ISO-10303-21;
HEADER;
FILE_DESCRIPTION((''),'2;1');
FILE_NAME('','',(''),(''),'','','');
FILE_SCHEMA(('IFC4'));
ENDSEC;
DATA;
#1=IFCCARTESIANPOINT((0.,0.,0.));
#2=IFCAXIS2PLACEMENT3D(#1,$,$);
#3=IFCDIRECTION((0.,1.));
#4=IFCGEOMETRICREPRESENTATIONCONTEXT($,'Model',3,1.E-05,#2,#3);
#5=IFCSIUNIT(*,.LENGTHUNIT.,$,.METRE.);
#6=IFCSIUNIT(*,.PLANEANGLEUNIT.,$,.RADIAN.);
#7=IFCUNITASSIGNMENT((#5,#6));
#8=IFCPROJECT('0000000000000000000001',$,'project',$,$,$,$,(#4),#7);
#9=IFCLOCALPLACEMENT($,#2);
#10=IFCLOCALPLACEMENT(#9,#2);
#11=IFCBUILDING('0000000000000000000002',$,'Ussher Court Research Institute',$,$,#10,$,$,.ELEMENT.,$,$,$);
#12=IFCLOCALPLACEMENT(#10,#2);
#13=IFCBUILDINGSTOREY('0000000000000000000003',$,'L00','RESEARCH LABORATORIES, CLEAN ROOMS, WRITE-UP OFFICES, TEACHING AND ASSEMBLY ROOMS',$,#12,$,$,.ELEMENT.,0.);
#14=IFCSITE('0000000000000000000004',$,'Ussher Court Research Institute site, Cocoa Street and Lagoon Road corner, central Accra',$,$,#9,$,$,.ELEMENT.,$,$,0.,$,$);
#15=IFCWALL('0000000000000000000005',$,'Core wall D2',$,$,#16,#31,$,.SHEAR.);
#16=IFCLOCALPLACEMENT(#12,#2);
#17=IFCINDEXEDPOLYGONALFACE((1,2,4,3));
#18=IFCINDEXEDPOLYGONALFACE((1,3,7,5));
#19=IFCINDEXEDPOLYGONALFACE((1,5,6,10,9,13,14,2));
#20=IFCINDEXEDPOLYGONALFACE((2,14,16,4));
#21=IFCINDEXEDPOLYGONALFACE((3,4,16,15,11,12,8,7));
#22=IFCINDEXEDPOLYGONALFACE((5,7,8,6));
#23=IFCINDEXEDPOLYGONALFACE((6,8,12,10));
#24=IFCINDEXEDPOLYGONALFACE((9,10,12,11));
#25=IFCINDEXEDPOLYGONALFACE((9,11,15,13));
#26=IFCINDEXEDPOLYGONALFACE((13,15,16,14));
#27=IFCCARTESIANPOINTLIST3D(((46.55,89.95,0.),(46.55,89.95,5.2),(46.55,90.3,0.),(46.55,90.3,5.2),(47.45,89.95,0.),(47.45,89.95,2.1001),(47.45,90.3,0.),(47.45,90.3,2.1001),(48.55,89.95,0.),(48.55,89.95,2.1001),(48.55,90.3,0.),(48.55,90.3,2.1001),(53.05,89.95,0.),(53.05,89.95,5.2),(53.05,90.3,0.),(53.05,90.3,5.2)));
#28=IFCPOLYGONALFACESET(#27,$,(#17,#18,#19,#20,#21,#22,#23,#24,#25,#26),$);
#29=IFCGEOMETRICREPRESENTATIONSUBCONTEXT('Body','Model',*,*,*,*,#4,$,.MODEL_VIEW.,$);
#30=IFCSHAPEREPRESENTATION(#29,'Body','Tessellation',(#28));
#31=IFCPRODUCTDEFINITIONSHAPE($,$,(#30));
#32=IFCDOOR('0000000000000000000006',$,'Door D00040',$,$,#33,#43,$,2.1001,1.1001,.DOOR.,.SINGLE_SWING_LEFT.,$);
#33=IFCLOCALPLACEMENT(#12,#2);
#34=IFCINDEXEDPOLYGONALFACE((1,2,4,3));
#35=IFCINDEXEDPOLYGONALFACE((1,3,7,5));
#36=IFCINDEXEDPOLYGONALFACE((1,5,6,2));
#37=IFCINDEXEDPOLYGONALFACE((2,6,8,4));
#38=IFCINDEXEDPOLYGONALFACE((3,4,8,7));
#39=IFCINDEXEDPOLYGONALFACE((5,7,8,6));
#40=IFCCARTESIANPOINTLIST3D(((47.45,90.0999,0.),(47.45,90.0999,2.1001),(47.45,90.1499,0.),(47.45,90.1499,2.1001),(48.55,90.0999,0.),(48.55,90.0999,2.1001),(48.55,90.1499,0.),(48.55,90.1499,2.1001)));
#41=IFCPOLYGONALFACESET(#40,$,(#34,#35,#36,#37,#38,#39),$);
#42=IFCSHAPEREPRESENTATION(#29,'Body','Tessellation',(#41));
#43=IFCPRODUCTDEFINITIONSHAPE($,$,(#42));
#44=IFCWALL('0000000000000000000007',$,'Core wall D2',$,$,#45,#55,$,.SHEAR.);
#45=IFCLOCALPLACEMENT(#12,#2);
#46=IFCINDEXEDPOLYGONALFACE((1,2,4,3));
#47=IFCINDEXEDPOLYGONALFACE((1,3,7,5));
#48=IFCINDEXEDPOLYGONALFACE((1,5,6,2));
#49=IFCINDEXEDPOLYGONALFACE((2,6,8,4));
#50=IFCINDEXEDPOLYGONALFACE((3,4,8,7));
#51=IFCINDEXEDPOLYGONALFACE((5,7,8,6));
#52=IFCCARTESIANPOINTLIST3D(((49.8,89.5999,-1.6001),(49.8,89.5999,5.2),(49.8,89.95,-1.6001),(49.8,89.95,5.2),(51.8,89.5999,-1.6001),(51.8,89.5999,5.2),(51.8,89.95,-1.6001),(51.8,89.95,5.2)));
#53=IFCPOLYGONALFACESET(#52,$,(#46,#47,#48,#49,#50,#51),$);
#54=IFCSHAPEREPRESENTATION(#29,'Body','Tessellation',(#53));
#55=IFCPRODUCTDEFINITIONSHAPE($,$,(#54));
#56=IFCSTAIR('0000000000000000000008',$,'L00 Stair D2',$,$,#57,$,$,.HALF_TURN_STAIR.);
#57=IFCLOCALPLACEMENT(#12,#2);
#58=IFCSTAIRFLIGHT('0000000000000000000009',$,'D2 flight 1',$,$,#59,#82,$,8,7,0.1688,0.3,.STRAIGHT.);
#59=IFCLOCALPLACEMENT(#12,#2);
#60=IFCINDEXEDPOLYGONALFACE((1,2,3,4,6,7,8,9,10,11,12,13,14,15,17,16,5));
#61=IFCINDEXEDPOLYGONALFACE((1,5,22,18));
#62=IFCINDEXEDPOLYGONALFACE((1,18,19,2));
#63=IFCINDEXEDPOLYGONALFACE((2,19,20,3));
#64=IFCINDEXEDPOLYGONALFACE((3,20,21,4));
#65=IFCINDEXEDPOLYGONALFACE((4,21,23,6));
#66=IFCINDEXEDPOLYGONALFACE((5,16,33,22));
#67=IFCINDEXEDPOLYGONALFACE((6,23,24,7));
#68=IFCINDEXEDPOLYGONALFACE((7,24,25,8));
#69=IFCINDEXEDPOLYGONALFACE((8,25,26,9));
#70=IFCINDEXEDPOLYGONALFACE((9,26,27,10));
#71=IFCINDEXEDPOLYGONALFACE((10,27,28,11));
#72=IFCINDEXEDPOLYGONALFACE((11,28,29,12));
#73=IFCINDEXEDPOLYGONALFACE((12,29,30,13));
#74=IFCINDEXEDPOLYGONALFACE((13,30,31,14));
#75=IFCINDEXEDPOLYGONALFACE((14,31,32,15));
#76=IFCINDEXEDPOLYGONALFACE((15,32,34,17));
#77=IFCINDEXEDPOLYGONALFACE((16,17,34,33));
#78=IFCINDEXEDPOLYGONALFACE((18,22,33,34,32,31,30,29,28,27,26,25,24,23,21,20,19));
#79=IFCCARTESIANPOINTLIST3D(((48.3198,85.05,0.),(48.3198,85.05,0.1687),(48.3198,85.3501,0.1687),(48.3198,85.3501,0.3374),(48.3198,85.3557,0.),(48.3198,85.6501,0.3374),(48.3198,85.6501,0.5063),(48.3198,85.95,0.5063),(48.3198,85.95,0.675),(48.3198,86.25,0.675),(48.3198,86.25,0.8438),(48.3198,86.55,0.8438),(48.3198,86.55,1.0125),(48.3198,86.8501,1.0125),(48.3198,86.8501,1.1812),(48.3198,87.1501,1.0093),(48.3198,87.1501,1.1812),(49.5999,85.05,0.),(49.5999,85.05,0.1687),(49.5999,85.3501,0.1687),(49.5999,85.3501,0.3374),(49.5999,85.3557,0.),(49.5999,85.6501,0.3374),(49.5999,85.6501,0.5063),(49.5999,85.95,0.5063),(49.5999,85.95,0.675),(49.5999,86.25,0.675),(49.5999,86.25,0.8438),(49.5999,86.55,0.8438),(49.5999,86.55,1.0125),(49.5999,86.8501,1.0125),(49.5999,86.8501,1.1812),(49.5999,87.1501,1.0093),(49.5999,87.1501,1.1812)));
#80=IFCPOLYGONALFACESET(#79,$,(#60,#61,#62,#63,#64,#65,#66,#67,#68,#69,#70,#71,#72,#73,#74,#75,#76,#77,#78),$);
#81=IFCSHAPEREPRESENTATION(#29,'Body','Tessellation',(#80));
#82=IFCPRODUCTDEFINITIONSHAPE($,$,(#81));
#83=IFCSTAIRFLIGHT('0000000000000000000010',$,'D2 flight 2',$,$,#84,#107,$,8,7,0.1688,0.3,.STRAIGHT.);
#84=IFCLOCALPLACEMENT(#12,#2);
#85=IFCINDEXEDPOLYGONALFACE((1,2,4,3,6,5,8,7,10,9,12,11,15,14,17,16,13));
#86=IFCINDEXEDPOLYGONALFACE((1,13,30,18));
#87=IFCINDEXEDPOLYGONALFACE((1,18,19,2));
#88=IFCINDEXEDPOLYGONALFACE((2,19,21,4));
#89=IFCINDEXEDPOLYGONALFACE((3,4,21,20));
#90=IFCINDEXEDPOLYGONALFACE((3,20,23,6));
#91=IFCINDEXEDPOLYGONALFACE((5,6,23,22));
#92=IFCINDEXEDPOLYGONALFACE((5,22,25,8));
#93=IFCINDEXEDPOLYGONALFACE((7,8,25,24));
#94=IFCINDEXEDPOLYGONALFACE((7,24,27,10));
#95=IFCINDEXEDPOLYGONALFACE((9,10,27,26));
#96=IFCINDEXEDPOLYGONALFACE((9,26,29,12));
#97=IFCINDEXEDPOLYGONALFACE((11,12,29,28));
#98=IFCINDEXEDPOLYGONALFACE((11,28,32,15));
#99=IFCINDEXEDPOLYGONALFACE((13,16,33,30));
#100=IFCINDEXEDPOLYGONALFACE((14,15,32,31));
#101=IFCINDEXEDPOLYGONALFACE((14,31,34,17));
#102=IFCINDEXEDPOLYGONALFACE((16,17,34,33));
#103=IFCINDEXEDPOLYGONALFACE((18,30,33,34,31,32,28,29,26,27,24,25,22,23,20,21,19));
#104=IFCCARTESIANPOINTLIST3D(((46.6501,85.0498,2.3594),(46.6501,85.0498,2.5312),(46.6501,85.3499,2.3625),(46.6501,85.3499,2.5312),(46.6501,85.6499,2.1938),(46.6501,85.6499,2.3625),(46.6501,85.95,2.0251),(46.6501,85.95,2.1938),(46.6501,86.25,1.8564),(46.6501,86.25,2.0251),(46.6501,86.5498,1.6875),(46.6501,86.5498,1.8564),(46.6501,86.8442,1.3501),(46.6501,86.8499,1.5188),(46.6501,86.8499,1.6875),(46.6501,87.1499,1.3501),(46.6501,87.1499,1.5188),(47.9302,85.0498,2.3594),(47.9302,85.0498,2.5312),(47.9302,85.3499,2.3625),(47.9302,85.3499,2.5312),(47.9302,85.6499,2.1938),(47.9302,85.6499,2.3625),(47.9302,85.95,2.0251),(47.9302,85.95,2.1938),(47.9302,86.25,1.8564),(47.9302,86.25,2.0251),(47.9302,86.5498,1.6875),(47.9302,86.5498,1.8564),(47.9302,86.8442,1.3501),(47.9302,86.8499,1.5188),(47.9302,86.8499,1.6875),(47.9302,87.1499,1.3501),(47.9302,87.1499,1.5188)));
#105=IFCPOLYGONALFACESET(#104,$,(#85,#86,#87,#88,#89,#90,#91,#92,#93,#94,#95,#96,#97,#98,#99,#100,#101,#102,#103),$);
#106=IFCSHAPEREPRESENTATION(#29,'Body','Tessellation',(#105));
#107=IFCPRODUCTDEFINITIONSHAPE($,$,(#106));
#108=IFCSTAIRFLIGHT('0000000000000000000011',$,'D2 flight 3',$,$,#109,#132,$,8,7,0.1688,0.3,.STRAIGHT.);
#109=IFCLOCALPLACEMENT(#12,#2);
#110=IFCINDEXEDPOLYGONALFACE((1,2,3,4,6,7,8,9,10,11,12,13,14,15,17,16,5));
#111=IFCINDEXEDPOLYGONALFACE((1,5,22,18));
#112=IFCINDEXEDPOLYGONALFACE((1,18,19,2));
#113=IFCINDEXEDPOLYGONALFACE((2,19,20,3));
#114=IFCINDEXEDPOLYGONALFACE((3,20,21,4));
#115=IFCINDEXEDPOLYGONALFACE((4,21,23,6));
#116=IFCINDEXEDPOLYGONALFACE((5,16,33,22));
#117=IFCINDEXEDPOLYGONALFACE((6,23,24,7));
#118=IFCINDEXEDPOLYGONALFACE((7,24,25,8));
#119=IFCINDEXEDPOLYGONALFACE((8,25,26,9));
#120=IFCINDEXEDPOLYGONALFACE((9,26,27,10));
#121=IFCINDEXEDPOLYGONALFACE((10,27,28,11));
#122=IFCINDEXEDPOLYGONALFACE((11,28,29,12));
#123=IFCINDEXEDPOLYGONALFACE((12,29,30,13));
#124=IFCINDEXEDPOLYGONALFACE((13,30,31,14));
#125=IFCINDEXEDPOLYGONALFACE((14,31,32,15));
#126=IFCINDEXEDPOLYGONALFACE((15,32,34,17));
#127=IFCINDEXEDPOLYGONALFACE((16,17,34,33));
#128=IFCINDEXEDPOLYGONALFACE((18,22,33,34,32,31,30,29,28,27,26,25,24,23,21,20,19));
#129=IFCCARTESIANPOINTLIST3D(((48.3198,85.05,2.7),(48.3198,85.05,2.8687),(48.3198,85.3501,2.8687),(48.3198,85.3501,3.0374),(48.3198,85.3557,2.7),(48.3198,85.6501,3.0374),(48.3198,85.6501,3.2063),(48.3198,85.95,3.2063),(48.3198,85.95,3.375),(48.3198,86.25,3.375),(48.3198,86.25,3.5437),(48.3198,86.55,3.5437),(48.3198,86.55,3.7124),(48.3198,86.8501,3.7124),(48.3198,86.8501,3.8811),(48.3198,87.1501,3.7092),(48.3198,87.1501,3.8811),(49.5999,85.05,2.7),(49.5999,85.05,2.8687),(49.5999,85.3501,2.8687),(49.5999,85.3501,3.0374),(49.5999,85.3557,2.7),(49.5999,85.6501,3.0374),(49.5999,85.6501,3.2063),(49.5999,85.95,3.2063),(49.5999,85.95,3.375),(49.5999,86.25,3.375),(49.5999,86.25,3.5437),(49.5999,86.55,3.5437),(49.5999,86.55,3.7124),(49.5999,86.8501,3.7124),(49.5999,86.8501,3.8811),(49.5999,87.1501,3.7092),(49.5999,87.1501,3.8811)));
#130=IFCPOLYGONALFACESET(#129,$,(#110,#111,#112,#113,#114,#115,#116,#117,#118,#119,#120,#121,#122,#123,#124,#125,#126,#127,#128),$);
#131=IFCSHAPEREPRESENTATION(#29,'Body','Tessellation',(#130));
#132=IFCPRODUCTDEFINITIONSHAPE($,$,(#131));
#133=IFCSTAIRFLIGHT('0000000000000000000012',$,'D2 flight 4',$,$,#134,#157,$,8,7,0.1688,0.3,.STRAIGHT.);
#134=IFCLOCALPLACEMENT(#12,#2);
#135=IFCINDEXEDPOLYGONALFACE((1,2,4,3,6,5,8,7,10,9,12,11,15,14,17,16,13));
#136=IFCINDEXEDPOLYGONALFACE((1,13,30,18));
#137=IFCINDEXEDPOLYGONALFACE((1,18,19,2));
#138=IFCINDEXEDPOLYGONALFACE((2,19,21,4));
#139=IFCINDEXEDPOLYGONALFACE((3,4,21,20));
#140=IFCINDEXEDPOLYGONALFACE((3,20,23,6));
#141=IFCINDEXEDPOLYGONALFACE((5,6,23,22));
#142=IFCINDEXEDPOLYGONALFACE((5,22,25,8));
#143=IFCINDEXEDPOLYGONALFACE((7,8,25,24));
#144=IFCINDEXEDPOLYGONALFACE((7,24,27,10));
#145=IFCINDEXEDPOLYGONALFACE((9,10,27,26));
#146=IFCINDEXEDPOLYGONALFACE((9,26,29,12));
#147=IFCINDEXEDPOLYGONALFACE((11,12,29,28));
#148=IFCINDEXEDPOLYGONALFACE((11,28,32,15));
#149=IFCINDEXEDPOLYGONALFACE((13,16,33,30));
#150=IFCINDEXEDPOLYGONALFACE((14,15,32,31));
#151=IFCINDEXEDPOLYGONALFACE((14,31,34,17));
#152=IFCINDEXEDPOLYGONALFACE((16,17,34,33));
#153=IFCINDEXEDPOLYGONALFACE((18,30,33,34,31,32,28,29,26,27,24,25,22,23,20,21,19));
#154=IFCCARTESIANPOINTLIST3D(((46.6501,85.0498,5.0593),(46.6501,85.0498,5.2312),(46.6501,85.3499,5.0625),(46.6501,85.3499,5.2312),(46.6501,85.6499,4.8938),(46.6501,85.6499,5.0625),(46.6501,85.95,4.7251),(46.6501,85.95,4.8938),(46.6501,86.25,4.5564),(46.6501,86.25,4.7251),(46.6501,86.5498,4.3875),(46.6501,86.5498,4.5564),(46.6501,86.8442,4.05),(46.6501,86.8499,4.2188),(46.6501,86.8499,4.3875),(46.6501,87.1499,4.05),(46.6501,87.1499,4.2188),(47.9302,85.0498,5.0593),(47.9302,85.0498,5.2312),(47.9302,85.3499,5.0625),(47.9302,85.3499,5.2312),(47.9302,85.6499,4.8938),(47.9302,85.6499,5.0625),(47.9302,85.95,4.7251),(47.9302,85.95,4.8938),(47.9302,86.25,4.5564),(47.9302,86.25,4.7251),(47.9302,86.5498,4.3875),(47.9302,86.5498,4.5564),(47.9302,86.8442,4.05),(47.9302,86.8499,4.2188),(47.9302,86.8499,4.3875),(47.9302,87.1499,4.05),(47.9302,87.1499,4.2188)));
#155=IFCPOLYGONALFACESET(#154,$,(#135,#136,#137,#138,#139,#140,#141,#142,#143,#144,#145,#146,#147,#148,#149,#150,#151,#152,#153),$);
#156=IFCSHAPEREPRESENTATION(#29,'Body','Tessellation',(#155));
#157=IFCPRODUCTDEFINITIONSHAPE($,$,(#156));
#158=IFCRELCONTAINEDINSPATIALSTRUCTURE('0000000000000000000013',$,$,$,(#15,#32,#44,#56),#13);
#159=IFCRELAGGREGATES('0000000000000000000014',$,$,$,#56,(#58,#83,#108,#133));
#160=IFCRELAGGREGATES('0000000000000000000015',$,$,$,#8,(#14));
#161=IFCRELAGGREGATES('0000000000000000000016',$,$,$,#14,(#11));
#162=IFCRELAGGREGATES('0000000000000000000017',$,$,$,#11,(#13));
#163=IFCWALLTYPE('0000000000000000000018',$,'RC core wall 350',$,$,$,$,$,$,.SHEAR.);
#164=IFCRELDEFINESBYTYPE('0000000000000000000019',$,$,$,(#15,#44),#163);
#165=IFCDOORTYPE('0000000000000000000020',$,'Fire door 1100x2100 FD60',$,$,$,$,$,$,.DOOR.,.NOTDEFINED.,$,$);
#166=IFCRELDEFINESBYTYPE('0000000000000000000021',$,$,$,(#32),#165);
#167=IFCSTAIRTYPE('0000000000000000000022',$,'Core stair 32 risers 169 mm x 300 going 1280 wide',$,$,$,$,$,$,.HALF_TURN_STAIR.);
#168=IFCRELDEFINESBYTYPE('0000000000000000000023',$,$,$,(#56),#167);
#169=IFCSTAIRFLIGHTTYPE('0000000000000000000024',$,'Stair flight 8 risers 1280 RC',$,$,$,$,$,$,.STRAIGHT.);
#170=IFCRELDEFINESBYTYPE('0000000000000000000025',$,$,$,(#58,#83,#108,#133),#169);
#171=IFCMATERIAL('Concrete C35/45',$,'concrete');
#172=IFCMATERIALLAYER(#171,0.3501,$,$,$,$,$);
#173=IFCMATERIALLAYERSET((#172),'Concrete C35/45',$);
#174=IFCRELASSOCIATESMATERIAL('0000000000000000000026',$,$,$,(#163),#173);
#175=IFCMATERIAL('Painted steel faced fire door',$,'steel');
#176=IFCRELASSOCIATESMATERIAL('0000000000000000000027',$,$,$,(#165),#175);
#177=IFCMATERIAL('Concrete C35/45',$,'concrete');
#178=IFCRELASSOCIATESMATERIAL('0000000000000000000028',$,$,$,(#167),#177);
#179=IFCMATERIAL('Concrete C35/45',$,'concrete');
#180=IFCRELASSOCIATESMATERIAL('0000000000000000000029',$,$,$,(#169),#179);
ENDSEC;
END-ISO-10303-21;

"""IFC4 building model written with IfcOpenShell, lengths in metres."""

from ifc_helpers import new_model, si_unit, direction, frame, frame_2d, origin, place, context, subcontext, project, spatial, polyline, rectangle, outline, extrude, material, layer, layer_set, type_object, element, fill, aggregate, save


model = new_model("IFC4")

# Units and contexts
model_context = context("Model", 3, precision=1e-05, world=origin(), true_north=direction((0.0, 1.0)))
body_context = subcontext(model_context, "Body", "Model", "MODEL_VIEW")
ifc_project = project(units=[si_unit("LENGTHUNIT", "METRE"), si_unit("PLANEANGLEUNIT", "RADIAN")], contexts=[model_context])

# Site, building, storey
site_placement = place(None, origin())
site = spatial("IfcSite", under=ifc_project, at=site_placement, Name="Ussher Court Research Institute site, Cocoa Street and Lagoon Road corner, central Accra", CompositionType="ELEMENT", RefElevation=0.0)
building_placement = place(site_placement, origin())
building = spatial("IfcBuilding", under=site, at=building_placement, Name="Ussher Court Research Institute", CompositionType="ELEMENT")
storey_placement = place(building_placement, origin())
storey = spatial("IfcBuildingStorey", under=building, at=storey_placement, Name="L00", Description="RESEARCH LABORATORIES, CLEAN ROOMS, WRITE-UP OFFICES, TEACHING AND ASSEMBLY ROOMS", CompositionType="ELEMENT", Elevation=0.0)

# Wall, opening, door
ifc_material_1 = material(Name="Concrete C35/45", Category="concrete")
ifc_layer_1 = layer(ifc_material_1, 0.3501)
ifc_layer_set_1 = layer_set([ifc_layer_1], Name="Concrete C35/45")
wall_type_1 = type_object("IfcWallType", Name="RC core wall 350", PredefinedType="SHEAR", material=ifc_layer_set_1)
wall_1_placement = place(storey_placement, frame((46.55, 90.125, 0.0), z_axis=(0.0, 0.0, 1.0), x_axis=(1.0, 0.0, 0.0)))
wall_1 = element("IfcWall", 1, at=wall_1_placement, inside=storey, type_object=wall_type_1, Name="Core wall D2", PredefinedType="SHEAR", context=body_context, shape_type="SweptSolid", body=[
    extrude(rectangle(XDim=6.5, YDim=0.3501, at=frame_2d((3.25, 0.0))), origin(), (0.0, 0.0, 1.0), 5.2),
])
opening_1_placement = place(wall_1_placement, frame((0.8999, 0.0, 0.0)))
opening_1 = element("IfcOpeningElement", 2, at=opening_1_placement, cuts=wall_1, PredefinedType="OPENING", context=body_context, shape_type="SweptSolid", body=[
    extrude(rectangle(XDim=1.1001, YDim=2.1001, at=frame_2d((0.55, 1.05))), frame((0.0, 0.1851, 0.0), z_axis=(0.0, -1.0, 0.0), x_axis=(1.0, 0.0, 0.0)), (0.0, 0.0, 1.0), 0.3701),
])
ifc_material_2 = material(Name="Painted steel faced fire door", Category="steel")
door_type_1 = type_object("IfcDoorType", Name="Fire door 1100x2100 FD60", OperationType="NOTDEFINED", PredefinedType="DOOR", material=ifc_material_2)
door_1_placement = place(opening_1_placement, origin())
door_1 = element("IfcDoor", 3, at=door_1_placement, inside=storey, type_object=door_type_1, Name="Door D00040", OperationType="SINGLE_SWING_LEFT", OverallHeight=2.1001, OverallWidth=1.1001, PredefinedType="DOOR", context=body_context, shape_type="SweptSolid", body=[
    extrude(rectangle(XDim=1.1001, YDim=2.1001, at=frame_2d((0.55, 1.05))), frame((0.0, 0.0249, 0.0), z_axis=(0.0, -1.0, 0.0), x_axis=(1.0, 0.0, 0.0)), (0.0, 0.0, 1.0), 0.05),
])
fill(opening_1, door_1)

# Wall
wall_2_placement = place(storey_placement, frame((49.8, 89.7749, -1.6001), z_axis=(0.0, 0.0, 1.0), x_axis=(1.0, 0.0, 0.0)))
element("IfcWall", 4, at=wall_2_placement, inside=storey, type_object=wall_type_1, Name="Core wall D2", PredefinedType="SHEAR", context=body_context, shape_type="SweptSolid", body=[
    extrude(rectangle(XDim=2.0, YDim=0.3501, at=frame_2d((1.0, 0.0))), origin(), (0.0, 0.0, 1.0), 6.8),
])

# Stair, stair flights
ifc_material_3 = material(Name="Concrete C35/45", Category="concrete")
stair_type = type_object("IfcStairType", Name="Core stair 32 risers 169 mm x 300 going 1280 wide", PredefinedType="HALF_TURN_STAIR", material=ifc_material_3)
stair_placement = place(storey_placement, origin())
stair = element("IfcStair", 5, at=stair_placement, inside=storey, type_object=stair_type, Name="L00 Stair D2", PredefinedType="HALF_TURN_STAIR")
ifc_material_4 = material(Name="Concrete C35/45", Category="concrete")
stair_flight_type = type_object("IfcStairFlightType", Name="Stair flight 8 risers 1280 RC", PredefinedType="STRAIGHT", material=ifc_material_4)
stair_flight_1_placement = place(storey_placement, frame((48.96, 85.05, 0.0), z_axis=(0.0, 0.0, 1.0), x_axis=(0.0, 1.0, 0.0)))
stair_flight_1 = element("IfcStairFlight", 6, at=stair_flight_1_placement, type_object=stair_flight_type, Name="D2 flight 1", NumberOfRisers=8, NumberOfTreads=7, PredefinedType="STRAIGHT", RiserHeight=0.1688, TreadLength=0.3, context=body_context, shape_type="SweptSolid", body=[
    extrude(outline(polyline([(0.0, 0.0), (0.0, 0.1687), (0.3, 0.1687), (0.3, 0.3374), (0.6001, 0.3374), (0.6001, 0.5063), (0.8999, 0.5063), (0.8999, 0.675), (1.2, 0.675), (1.2, 0.8438), (1.5, 0.8438), (1.5, 1.0125), (1.8, 1.0125), (1.8, 1.1812), (2.1001, 1.1812), (2.1001, 1.3501), (2.1001, 1.0093), (0.3057, 0.0), (0.0, 0.0)])), frame((0.0, 0.6401, 0.0), z_axis=(0.0, -1.0, 0.0), x_axis=(1.0, 0.0, 0.0)), (0.0, 0.0, 1.0), 1.28),
])
stair_flight_2_placement = place(storey_placement, frame((47.29, 87.1499, 1.3501), z_axis=(0.0, 0.0, 1.0), x_axis=(0.0, -1.0, 0.0)))
stair_flight_2 = element("IfcStairFlight", 7, at=stair_flight_2_placement, type_object=stair_flight_type, Name="D2 flight 2", NumberOfRisers=8, NumberOfTreads=7, PredefinedType="STRAIGHT", RiserHeight=0.1688, TreadLength=0.3, context=body_context, shape_type="SweptSolid", body=[
    extrude(outline(polyline([(0.0, 0.0), (0.0, 0.1687), (0.3, 0.1687), (0.3, 0.3374), (0.6001, 0.3374), (0.6001, 0.5063), (0.8999, 0.5063), (0.8999, 0.675), (1.2, 0.675), (1.2, 0.8438), (1.5, 0.8438), (1.5, 1.0125), (1.8, 1.0125), (1.8, 1.1812), (2.1001, 1.1812), (2.1001, 1.3501), (2.1001, 1.0093), (0.3057, 0.0), (0.0, 0.0)])), frame((0.0, 0.6401, 0.0), z_axis=(0.0, -1.0, 0.0), x_axis=(1.0, 0.0, 0.0)), (0.0, 0.0, 1.0), 1.28),
])
stair_flight_3_placement = place(storey_placement, frame((48.96, 85.05, 2.7), z_axis=(0.0, 0.0, 1.0), x_axis=(0.0, 1.0, 0.0)))
stair_flight_3 = element("IfcStairFlight", 8, at=stair_flight_3_placement, type_object=stair_flight_type, Name="D2 flight 3", NumberOfRisers=8, NumberOfTreads=7, PredefinedType="STRAIGHT", RiserHeight=0.1688, TreadLength=0.3, context=body_context, shape_type="SweptSolid", body=[
    extrude(outline(polyline([(0.0, 0.0), (0.0, 0.1687), (0.3, 0.1687), (0.3, 0.3374), (0.6001, 0.3374), (0.6001, 0.5063), (0.8999, 0.5063), (0.8999, 0.675), (1.2, 0.675), (1.2, 0.8438), (1.5, 0.8438), (1.5, 1.0125), (1.8, 1.0125), (1.8, 1.1812), (2.1001, 1.1812), (2.1001, 1.3501), (2.1001, 1.0093), (0.3057, 0.0), (0.0, 0.0)])), frame((0.0, 0.6401, 0.0), z_axis=(0.0, -1.0, 0.0), x_axis=(1.0, 0.0, 0.0)), (0.0, 0.0, 1.0), 1.28),
])
stair_flight_4_placement = place(storey_placement, frame((47.29, 87.1499, 4.05), z_axis=(0.0, 0.0, 1.0), x_axis=(0.0, -1.0, 0.0)))
stair_flight_4 = element("IfcStairFlight", 9, at=stair_flight_4_placement, type_object=stair_flight_type, Name="D2 flight 4", NumberOfRisers=8, NumberOfTreads=7, PredefinedType="STRAIGHT", RiserHeight=0.1688, TreadLength=0.3, context=body_context, shape_type="SweptSolid", body=[
    extrude(outline(polyline([(0.0, 0.0), (0.0, 0.1687), (0.3, 0.1687), (0.3, 0.3374), (0.6001, 0.3374), (0.6001, 0.5063), (0.8999, 0.5063), (0.8999, 0.675), (1.2, 0.675), (1.2, 0.8438), (1.5, 0.8438), (1.5, 1.0125), (1.8, 1.0125), (1.8, 1.1812), (2.1001, 1.1812), (2.1001, 1.3501), (2.1001, 1.0093), (0.3057, 0.0), (0.0, 0.0)])), frame((0.0, 0.6401, 0.0), z_axis=(0.0, -1.0, 0.0), x_axis=(1.0, 0.0, 0.0)), (0.0, 0.0, 1.0), 1.28),
])
aggregate(stair, [stair_flight_1, stair_flight_2, stair_flight_3, stair_flight_4])

save(model, "model.ifc")
